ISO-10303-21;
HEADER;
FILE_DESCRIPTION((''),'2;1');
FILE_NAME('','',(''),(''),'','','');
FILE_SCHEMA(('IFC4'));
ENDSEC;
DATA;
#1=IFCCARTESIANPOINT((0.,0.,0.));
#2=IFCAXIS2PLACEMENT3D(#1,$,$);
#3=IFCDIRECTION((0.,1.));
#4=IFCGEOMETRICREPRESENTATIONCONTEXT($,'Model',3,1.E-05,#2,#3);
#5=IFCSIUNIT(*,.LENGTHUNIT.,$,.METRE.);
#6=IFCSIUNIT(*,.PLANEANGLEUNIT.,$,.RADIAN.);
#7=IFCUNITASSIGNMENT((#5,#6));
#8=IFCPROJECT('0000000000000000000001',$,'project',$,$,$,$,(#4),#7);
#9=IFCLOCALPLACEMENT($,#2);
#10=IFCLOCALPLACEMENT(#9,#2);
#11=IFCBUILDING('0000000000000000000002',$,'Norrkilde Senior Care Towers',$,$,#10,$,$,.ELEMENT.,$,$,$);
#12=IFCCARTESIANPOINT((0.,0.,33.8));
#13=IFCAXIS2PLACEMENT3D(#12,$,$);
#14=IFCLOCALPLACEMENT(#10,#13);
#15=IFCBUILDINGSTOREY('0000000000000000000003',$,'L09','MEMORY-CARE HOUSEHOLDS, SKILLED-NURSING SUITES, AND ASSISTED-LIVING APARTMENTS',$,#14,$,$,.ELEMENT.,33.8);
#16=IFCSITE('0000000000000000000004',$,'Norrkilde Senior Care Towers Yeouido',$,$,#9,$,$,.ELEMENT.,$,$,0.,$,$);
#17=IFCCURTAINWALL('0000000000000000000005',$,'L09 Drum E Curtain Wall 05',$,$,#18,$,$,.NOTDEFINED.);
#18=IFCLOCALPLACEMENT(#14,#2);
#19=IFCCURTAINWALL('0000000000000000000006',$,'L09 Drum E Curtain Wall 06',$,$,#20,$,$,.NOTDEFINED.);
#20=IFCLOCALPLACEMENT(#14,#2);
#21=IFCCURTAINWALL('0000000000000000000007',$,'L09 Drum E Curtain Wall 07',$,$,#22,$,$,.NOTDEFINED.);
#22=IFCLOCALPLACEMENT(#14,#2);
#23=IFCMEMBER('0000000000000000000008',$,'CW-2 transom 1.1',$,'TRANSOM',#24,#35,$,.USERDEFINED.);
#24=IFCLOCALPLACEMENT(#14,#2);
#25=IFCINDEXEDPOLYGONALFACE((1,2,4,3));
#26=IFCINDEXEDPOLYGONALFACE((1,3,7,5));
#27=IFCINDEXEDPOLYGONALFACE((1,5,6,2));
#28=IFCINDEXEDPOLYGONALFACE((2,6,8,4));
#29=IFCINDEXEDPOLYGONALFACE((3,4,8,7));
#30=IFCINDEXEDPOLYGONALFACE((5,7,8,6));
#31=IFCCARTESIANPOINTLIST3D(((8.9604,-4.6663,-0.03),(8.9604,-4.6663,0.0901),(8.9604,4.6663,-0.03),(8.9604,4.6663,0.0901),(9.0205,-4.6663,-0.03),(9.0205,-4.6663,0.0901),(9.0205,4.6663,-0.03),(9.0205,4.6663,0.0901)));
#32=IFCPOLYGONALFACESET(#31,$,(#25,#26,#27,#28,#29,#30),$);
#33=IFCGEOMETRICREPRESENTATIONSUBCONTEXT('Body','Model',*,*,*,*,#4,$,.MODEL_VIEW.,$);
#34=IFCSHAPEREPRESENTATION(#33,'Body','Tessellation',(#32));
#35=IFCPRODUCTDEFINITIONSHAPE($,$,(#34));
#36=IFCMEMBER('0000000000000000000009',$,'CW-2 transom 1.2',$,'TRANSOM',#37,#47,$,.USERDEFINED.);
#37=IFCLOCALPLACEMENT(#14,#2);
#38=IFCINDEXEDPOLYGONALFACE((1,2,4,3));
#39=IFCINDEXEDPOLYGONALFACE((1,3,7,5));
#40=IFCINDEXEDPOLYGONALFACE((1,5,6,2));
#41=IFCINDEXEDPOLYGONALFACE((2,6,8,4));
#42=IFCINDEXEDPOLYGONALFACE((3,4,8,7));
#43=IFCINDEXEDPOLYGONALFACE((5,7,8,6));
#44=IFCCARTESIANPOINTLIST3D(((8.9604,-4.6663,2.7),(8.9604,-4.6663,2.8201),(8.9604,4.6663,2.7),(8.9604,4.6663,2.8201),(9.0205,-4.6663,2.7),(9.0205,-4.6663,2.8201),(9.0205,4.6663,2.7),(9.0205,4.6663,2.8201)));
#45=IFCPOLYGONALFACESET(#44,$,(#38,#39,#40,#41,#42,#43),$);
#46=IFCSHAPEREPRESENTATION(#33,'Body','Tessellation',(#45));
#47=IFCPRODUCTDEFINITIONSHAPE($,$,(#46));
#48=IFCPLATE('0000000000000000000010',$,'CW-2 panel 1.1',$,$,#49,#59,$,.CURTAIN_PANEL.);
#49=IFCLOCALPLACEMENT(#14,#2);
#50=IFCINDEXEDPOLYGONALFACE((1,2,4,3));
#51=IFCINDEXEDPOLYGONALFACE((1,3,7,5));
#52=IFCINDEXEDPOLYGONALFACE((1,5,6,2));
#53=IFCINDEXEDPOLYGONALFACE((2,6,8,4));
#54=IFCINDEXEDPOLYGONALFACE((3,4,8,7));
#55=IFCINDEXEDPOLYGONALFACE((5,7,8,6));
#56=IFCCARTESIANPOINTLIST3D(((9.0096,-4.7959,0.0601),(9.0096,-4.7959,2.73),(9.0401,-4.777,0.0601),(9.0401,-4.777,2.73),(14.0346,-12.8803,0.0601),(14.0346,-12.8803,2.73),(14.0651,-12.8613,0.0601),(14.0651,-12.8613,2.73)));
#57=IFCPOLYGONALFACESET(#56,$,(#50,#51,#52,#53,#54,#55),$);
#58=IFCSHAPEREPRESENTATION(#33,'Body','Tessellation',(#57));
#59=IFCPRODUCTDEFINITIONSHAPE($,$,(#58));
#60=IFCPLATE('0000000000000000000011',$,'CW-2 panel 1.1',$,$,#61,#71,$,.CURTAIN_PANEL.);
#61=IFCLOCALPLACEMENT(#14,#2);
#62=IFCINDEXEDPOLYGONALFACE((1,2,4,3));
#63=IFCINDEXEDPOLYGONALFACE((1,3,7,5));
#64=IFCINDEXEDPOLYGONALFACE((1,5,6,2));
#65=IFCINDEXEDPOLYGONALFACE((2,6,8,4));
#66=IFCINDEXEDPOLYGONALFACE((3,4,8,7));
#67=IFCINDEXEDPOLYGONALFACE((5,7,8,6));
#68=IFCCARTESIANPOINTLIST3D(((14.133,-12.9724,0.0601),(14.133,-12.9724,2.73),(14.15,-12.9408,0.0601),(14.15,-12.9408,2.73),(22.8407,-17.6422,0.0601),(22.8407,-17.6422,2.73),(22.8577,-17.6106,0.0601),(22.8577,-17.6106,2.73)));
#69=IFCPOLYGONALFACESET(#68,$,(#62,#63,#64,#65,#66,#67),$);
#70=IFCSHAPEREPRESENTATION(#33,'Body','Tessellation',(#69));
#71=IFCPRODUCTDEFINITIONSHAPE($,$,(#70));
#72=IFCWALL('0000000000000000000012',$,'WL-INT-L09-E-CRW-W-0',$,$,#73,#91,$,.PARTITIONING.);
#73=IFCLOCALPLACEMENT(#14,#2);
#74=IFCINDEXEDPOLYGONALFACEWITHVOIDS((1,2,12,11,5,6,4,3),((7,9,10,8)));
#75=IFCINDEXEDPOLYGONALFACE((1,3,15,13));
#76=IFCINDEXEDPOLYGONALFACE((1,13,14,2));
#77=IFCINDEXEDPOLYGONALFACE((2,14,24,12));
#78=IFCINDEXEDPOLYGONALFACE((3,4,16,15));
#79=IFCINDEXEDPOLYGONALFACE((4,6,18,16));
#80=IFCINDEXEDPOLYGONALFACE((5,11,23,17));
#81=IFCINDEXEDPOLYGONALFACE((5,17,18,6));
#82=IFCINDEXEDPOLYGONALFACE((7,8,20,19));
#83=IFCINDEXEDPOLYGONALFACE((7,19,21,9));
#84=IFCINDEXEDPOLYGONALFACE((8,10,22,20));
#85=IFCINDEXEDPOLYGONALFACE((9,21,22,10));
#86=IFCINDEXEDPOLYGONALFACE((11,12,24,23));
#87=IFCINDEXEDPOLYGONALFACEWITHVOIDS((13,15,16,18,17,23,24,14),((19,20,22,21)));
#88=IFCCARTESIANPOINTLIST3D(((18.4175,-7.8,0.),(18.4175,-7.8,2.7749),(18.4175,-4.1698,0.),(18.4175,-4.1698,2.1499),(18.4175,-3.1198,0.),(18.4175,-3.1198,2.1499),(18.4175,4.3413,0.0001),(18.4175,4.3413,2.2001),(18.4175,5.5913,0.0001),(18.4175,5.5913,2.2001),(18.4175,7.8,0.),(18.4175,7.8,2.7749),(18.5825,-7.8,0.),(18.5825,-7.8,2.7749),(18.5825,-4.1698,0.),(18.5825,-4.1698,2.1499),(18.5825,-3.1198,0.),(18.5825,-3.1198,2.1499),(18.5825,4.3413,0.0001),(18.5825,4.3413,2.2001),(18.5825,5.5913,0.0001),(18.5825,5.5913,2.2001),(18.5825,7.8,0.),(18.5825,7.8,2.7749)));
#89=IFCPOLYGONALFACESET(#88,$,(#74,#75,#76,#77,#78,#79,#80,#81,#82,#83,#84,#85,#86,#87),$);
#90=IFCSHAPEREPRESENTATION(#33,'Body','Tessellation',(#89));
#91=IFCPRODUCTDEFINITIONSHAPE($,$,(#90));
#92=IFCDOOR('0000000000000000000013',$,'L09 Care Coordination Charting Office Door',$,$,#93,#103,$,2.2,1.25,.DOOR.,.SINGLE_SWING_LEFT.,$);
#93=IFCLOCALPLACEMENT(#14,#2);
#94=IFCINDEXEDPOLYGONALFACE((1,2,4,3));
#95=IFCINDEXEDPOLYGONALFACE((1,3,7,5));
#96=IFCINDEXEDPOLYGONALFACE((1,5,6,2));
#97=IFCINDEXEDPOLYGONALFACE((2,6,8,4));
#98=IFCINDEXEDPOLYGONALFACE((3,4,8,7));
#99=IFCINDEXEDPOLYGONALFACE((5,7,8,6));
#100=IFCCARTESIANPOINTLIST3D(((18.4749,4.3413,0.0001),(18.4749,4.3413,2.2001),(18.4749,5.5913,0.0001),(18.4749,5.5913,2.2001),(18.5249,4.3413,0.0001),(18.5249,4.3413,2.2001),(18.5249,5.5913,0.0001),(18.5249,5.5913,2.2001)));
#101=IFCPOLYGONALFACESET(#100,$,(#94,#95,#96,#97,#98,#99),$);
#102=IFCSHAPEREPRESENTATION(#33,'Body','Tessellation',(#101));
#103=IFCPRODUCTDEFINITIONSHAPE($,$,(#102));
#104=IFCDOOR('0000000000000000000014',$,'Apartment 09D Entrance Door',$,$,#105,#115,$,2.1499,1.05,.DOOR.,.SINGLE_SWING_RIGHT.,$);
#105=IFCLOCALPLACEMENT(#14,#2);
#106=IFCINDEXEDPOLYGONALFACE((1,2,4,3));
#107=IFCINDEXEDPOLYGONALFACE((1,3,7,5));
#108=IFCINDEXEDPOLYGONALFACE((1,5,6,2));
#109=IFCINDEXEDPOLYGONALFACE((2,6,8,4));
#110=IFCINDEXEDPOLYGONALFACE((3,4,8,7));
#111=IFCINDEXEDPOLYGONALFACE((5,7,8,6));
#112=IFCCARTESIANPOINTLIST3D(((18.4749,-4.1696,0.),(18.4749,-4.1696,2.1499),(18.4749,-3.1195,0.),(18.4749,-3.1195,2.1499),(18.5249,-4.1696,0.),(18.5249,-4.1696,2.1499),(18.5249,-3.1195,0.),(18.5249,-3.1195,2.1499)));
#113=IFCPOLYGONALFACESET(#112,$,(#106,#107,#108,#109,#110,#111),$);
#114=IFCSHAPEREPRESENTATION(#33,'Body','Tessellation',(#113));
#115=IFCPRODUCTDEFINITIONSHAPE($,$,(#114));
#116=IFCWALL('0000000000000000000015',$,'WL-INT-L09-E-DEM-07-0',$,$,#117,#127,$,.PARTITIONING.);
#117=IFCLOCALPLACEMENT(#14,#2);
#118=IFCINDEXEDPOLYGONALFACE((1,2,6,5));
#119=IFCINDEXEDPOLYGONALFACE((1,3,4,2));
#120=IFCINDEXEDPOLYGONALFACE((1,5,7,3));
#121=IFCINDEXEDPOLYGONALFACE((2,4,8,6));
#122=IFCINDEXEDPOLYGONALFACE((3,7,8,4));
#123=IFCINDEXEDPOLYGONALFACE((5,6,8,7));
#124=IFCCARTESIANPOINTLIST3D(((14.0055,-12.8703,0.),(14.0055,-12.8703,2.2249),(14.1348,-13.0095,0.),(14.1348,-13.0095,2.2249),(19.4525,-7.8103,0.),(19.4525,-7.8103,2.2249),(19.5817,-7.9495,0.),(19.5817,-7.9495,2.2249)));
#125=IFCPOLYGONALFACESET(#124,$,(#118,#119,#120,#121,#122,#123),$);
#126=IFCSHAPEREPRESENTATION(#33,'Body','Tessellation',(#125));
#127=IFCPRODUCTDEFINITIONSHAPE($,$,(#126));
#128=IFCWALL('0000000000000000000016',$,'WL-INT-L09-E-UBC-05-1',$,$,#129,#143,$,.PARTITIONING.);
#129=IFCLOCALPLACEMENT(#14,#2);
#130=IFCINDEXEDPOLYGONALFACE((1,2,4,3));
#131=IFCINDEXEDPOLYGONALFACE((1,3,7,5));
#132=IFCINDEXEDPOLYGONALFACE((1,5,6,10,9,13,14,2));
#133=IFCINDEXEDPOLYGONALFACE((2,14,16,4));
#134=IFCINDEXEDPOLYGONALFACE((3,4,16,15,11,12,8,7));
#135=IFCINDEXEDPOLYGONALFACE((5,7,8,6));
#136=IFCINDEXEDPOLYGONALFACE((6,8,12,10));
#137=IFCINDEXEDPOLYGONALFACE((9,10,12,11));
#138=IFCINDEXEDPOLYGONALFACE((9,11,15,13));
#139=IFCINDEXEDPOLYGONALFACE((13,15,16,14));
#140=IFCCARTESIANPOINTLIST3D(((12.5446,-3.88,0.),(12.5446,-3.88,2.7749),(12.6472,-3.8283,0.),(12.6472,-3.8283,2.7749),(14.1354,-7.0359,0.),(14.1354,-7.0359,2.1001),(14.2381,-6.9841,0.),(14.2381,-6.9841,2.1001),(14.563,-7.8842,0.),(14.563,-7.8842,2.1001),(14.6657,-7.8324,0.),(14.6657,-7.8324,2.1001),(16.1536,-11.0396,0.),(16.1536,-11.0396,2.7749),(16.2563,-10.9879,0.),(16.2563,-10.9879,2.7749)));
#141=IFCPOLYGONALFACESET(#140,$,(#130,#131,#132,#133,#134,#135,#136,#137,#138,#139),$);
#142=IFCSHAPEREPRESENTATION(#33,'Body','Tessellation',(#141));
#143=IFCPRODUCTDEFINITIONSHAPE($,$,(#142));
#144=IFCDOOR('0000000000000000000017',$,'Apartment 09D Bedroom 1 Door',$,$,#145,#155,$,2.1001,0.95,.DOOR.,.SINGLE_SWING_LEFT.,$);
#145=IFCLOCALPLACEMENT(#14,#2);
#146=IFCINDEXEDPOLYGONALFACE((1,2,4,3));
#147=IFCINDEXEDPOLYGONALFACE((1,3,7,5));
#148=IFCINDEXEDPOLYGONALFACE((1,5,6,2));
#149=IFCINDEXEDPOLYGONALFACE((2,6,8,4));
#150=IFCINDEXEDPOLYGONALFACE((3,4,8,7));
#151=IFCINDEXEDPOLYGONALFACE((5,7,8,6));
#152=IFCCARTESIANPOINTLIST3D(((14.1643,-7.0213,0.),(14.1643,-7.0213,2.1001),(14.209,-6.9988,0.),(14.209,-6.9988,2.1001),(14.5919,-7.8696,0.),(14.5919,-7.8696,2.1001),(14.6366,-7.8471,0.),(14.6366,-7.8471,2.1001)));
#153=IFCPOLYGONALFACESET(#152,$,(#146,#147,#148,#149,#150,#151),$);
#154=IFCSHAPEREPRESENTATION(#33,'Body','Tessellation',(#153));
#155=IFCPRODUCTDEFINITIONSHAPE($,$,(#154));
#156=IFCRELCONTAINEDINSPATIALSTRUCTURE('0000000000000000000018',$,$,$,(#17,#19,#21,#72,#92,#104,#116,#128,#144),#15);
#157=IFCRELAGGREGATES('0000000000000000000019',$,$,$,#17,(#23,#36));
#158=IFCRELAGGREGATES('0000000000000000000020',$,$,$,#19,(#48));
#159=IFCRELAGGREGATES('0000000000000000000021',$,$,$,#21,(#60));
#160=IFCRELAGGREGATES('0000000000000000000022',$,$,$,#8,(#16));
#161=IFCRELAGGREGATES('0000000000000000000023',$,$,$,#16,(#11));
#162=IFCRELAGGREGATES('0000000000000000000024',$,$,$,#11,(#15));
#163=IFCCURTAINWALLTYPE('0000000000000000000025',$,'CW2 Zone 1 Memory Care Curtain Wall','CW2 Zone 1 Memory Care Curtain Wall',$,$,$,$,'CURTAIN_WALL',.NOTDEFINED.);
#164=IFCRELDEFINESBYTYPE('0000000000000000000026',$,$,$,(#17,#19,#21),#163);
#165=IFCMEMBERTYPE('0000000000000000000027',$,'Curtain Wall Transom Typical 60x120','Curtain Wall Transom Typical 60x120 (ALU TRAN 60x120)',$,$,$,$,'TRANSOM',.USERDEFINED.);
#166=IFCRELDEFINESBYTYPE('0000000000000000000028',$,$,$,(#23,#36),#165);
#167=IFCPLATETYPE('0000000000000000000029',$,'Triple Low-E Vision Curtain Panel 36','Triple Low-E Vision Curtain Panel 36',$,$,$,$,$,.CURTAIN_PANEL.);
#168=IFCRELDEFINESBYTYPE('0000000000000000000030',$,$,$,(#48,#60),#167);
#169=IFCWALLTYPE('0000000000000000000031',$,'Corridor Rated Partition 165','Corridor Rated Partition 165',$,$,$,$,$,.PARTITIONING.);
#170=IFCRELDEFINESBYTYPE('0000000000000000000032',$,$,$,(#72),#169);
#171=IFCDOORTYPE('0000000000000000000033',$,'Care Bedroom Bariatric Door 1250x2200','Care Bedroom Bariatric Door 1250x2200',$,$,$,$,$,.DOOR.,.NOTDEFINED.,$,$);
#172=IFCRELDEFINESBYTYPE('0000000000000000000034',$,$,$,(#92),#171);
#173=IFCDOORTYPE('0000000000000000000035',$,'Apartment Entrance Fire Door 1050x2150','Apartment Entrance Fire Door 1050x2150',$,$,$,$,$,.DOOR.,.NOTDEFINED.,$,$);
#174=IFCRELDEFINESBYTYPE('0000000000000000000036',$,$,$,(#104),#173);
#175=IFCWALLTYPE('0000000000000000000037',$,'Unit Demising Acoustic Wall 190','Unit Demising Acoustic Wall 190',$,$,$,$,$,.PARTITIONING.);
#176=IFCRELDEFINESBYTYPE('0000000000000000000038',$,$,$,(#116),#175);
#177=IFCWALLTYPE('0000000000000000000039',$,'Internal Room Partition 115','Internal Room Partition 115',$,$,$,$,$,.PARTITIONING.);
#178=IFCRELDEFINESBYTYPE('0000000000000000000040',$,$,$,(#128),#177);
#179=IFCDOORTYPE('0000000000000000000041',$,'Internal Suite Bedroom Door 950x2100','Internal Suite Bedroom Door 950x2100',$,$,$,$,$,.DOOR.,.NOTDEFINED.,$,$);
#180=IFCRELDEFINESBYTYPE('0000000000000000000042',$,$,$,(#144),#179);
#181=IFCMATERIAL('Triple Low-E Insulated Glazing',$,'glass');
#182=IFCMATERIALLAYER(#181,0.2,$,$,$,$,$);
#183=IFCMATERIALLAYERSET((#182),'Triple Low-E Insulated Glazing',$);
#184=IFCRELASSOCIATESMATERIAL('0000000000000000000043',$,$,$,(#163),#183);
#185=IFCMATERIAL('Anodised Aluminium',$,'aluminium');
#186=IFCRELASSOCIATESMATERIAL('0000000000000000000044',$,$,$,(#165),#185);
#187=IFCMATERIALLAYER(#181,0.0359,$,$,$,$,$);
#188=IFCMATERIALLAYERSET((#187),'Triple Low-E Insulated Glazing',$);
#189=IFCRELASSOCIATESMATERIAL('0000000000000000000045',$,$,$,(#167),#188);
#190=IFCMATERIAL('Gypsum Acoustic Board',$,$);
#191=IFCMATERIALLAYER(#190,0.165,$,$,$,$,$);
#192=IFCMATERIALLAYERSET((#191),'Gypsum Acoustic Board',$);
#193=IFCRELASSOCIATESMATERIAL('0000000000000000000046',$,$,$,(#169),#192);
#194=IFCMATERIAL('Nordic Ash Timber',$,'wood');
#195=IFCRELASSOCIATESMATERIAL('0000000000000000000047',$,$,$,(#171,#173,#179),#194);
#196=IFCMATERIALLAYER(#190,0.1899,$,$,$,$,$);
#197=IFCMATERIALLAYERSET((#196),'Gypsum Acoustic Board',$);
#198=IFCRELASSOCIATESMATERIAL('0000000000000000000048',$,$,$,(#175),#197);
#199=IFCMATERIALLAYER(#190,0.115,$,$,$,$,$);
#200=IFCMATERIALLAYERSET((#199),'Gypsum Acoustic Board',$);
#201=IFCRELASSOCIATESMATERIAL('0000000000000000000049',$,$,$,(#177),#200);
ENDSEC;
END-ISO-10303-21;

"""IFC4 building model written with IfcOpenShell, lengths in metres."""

from ifc_helpers import new_model, si_unit, direction, frame, frame_2d, origin, origin_2d, place, context, subcontext, project, spatial, rectangle, extrude, source, transform, mapped, material, layer, layer_set, material_profile, profile_set, type_object, type_shapes, element, fill, aggregate, save


model = new_model("IFC4")

# Units and contexts
model_context = context("Model", 3, precision=1e-05, world=origin(), true_north=direction((0.0, 1.0)))
body_context = subcontext(model_context, "Body", "Model", "MODEL_VIEW")
ifc_project = project(units=[si_unit("LENGTHUNIT", "METRE"), si_unit("PLANEANGLEUNIT", "RADIAN")], contexts=[model_context])

# Site, building, storey
site_placement = place(None, origin())
site = spatial("IfcSite", under=ifc_project, at=site_placement, Name="Norrkilde Senior Care Towers Yeouido", CompositionType="ELEMENT", RefElevation=0.0)
building_placement = place(site_placement, origin())
building = spatial("IfcBuilding", under=site, at=building_placement, Name="Norrkilde Senior Care Towers", CompositionType="ELEMENT")
storey_placement = place(building_placement, frame((0.0, 0.0, 33.8)))
storey = spatial("IfcBuildingStorey", under=building, at=storey_placement, Name="L09", Description="MEMORY-CARE HOUSEHOLDS, SKILLED-NURSING SUITES, AND ASSISTED-LIVING APARTMENTS", CompositionType="ELEMENT", Elevation=33.8)

# Curtain wall
ifc_material_1 = material(Name="Triple Low-E Insulated Glazing", Category="glass")
ifc_layer_1 = layer(ifc_material_1, 0.2)
ifc_layer_set_1 = layer_set([ifc_layer_1], Name="Triple Low-E Insulated Glazing")
curtain_wall_type = type_object("IfcCurtainWallType", Name="CW2 Zone 1 Memory Care Curtain Wall", Description="CW2 Zone 1 Memory Care Curtain Wall", ElementType="CURTAIN_WALL", PredefinedType="NOTDEFINED", material=ifc_layer_set_1)
curtain_wall_1_placement = place(storey_placement, origin())
curtain_wall_1 = element("IfcCurtainWall", 1, at=curtain_wall_1_placement, inside=storey, type_object=curtain_wall_type, Name="L09 Drum E Curtain Wall 05", PredefinedType="NOTDEFINED")
ifc_material_2 = material(Name="Anodised Aluminium", Category="aluminium")

# Curtain wall
curtain_wall_2_placement = place(storey_placement, origin())
curtain_wall_2 = element("IfcCurtainWall", 2, at=curtain_wall_2_placement, inside=storey, type_object=curtain_wall_type, Name="L09 Drum E Curtain Wall 06", PredefinedType="NOTDEFINED")

# Curtain wall
curtain_wall_3_placement = place(storey_placement, origin())
curtain_wall_3 = element("IfcCurtainWall", 3, at=curtain_wall_3_placement, inside=storey, type_object=curtain_wall_type, Name="L09 Drum E Curtain Wall 07", PredefinedType="NOTDEFINED")

# Members
ifc_material_profile_1 = material_profile(ifc_material_2, rectangle(XDim=0.0601, YDim=0.1201, at=origin_2d()), Name="ALU TRAN 60x120")
ifc_profile_set_1 = profile_set([ifc_material_profile_1], Name="Anodised Aluminium")
member_type_1 = type_object("IfcMemberType", Name="Curtain Wall Transom Typical 60x120", Description="Curtain Wall Transom Typical 60x120 (ALU TRAN 60x120)", ElementType="TRANSOM", PredefinedType="USERDEFINED", material=ifc_profile_set_1)
shared_shape_1 = source(origin(), body_context, "Body", "SweptSolid", [
    extrude(rectangle(XDim=0.0601, YDim=0.1201, at=origin_2d()), origin(), (0.0, 0.0, 1.0), 9.3325),
])
member_1_placement = place(storey_placement, frame((8.9905, -4.6663, 0.03), z_axis=(0.0, 1.0, 0.0), x_axis=(-1.0, 0.0, 0.0)))
member_1 = element("IfcMember", 4, at=member_1_placement, type_object=member_type_1, Name="CW-2 transom 1.1", ObjectType="TRANSOM", PredefinedType="USERDEFINED", context=body_context, shape_type="MappedRepresentation", body=[
    mapped(shared_shape_1, transform((0.0, 0.0, 0.0), x_axis=(1.0, 0.0, 0.0), y_axis=(0.0, 1.0, 0.0), z_axis=(0.0, 0.0, 1.0), scale=1.0)),
])
member_2_placement = place(storey_placement, frame((8.9905, -4.6663, 2.76), z_axis=(0.0, 1.0, 0.0), x_axis=(-1.0, 0.0, 0.0)))
member_2 = element("IfcMember", 5, at=member_2_placement, type_object=member_type_1, Name="CW-2 transom 1.2", ObjectType="TRANSOM", PredefinedType="USERDEFINED", context=body_context, shape_type="MappedRepresentation", body=[
    mapped(shared_shape_1, transform((0.0, 0.0, 0.0), x_axis=(1.0, 0.0, 0.0), y_axis=(0.0, 1.0, 0.0), z_axis=(0.0, 0.0, 1.0), scale=1.0)),
])
aggregate(curtain_wall_1, [member_1, member_2])

# Plates
ifc_layer_2 = layer(ifc_material_1, 0.0359)
ifc_layer_set_2 = layer_set([ifc_layer_2], Name="Triple Low-E Insulated Glazing")
plate_type = type_object("IfcPlateType", Name="Triple Low-E Vision Curtain Panel 36", Description="Triple Low-E Vision Curtain Panel 36", PredefinedType="CURTAIN_PANEL", material=ifc_layer_set_2)
shared_shape_2 = source(origin(), body_context, "Body", "SweptSolid", [
    extrude(rectangle(XDim=9.5188, YDim=0.0359, at=origin_2d()), origin(), (0.0, 0.0, 1.0), 2.6699),
])
plate_1_placement = place(storey_placement, frame((11.5374, -8.8286, 0.0601), z_axis=(0.0, 0.0, 1.0), x_axis=(-0.527901, 0.849306, 0.0)))
plate_1 = element("IfcPlate", 6, at=plate_1_placement, type_object=plate_type, Name="CW-2 panel 1.1", PredefinedType="CURTAIN_PANEL", context=body_context, shape_type="MappedRepresentation", body=[
    mapped(shared_shape_2, transform((0.0, 0.0, 0.0), x_axis=(1.0, 0.0, 0.0), y_axis=(0.0, 1.0, 0.0), z_axis=(0.0, 0.0, 1.0), scale=1.0)),
])
aggregate(curtain_wall_2, [plate_1])
shared_shape_3 = source(origin(), body_context, "Body", "SweptSolid", [
    extrude(rectangle(XDim=9.8809, YDim=0.0359, at=origin_2d()), origin(), (0.0, 0.0, 1.0), 2.6699),
])
type_shapes(plate_type, [shared_shape_2, shared_shape_3])
plate_2_placement = place(storey_placement, frame((18.4954, -15.2915, 0.0601), z_axis=(0.0, 0.0, 1.0), x_axis=(-0.881273, 0.472608, 0.0)))
plate_2 = element("IfcPlate", 7, at=plate_2_placement, type_object=plate_type, Name="CW-2 panel 1.1", PredefinedType="CURTAIN_PANEL", context=body_context, shape_type="MappedRepresentation", body=[
    mapped(shared_shape_3, transform((0.0, 0.0, 0.0), x_axis=(1.0, 0.0, 0.0), y_axis=(0.0, 1.0, 0.0), z_axis=(0.0, 0.0, 1.0), scale=1.0)),
])
aggregate(curtain_wall_3, [plate_2])

# Wall, openings, doors
ifc_material_3 = material(Name="Gypsum Acoustic Board")
ifc_layer_3 = layer(ifc_material_3, 0.165)
ifc_layer_set_3 = layer_set([ifc_layer_3], Name="Gypsum Acoustic Board")
wall_type_1 = type_object("IfcWallType", Name="Corridor Rated Partition 165", Description="Corridor Rated Partition 165", PredefinedType="PARTITIONING", material=ifc_layer_set_3)
shared_shape_4 = source(origin(), body_context, "Body", "SweptSolid", [
    extrude(rectangle(XDim=15.6001, YDim=0.165, at=frame_2d((7.8, 0.0))), origin(), (0.0, 0.0, 1.0), 2.7749),
])
type_shapes(wall_type_1, [shared_shape_4])
wall_1_placement = place(storey_placement, frame((18.5, -7.8, 0.0), z_axis=(0.0, 0.0, 1.0), x_axis=(0.0, 1.0, 0.0)))
wall_1 = element("IfcWall", 8, at=wall_1_placement, inside=storey, type_object=wall_type_1, Name="WL-INT-L09-E-CRW-W-0", PredefinedType="PARTITIONING", context=body_context, shape_type="MappedRepresentation", body=[
    mapped(shared_shape_4, transform((0.0, 0.0, 0.0), x_axis=(1.0, 0.0, 0.0), y_axis=(0.0, 1.0, 0.0), z_axis=(0.0, 0.0, 1.0), scale=1.0)),
])
opening_1_placement = place(wall_1_placement, frame((12.1414, 0.0, 0.0)))
opening_1 = element("IfcOpeningElement", 9, at=opening_1_placement, cuts=wall_1, PredefinedType="OPENING", context=body_context, shape_type="SweptSolid", body=[
    extrude(rectangle(XDim=1.25, YDim=2.2, at=frame_2d((0.625, 1.1001))), frame((0.0, 0.0925, 0.0), z_axis=(0.0, -1.0, 0.0), x_axis=(1.0, 0.0, 0.0)), (0.0, 0.0, 1.0), 0.1851),
])
opening_2_placement = place(wall_1_placement, frame((3.6304, 0.0, 0.0)))
opening_2 = element("IfcOpeningElement", 10, at=opening_2_placement, cuts=wall_1, PredefinedType="OPENING", context=body_context, shape_type="SweptSolid", body=[
    extrude(rectangle(XDim=1.05, YDim=2.1499, at=frame_2d((0.5249, 1.075))), frame((0.0, 0.0925, 0.0), z_axis=(0.0, -1.0, 0.0), x_axis=(1.0, 0.0, 0.0)), (0.0, 0.0, 1.0), 0.1851),
])
ifc_material_4 = material(Name="Nordic Ash Timber", Category="wood")
door_type_1 = type_object("IfcDoorType", Name="Care Bedroom Bariatric Door 1250x2200", Description="Care Bedroom Bariatric Door 1250x2200", OperationType="NOTDEFINED", PredefinedType="DOOR", material=ifc_material_4)
shared_shape_5 = source(origin(), body_context, "Body", "SweptSolid", [
    extrude(rectangle(XDim=1.25, YDim=2.2, at=frame_2d((0.625, 1.1001))), frame((0.0, 0.0249, 0.0), z_axis=(0.0, -1.0, 0.0), x_axis=(1.0, 0.0, 0.0)), (0.0, 0.0, 1.0), 0.05),
])
type_shapes(door_type_1, [shared_shape_5])
door_1_placement = place(opening_1_placement, frame((1.25, 0.0, 0.0), z_axis=(0.0, 0.0, 1.0), x_axis=(-1.0, 0.0, 0.0)))
door_1 = element("IfcDoor", 11, at=door_1_placement, inside=storey, type_object=door_type_1, Name="L09 Care Coordination Charting Office Door", OperationType="SINGLE_SWING_LEFT", OverallHeight=2.2, OverallWidth=1.25, PredefinedType="DOOR", context=body_context, shape_type="MappedRepresentation", body=[
    mapped(shared_shape_5, transform((0.0, 0.0, 0.0), x_axis=(1.0, 0.0, 0.0), y_axis=(0.0, 1.0, 0.0), z_axis=(0.0, 0.0, 1.0), scale=1.0)),
])
fill(opening_1, door_1)
door_type_2 = type_object("IfcDoorType", Name="Apartment Entrance Fire Door 1050x2150", Description="Apartment Entrance Fire Door 1050x2150", OperationType="NOTDEFINED", PredefinedType="DOOR", material=ifc_material_4)
shared_shape_6 = source(origin(), body_context, "Body", "SweptSolid", [
    extrude(rectangle(XDim=1.05, YDim=2.1499, at=frame_2d((0.5249, 1.075))), frame((0.0, 0.0249, 0.0), z_axis=(0.0, -1.0, 0.0), x_axis=(1.0, 0.0, 0.0)), (0.0, 0.0, 1.0), 0.05),
])
type_shapes(door_type_2, [shared_shape_6])
door_2_placement = place(opening_2_placement, frame((1.05, 0.0, 0.0), z_axis=(0.0, 0.0, 1.0), x_axis=(-1.0, 0.0, 0.0)))
door_2 = element("IfcDoor", 12, at=door_2_placement, inside=storey, type_object=door_type_2, Name="Apartment 09D Entrance Door", OperationType="SINGLE_SWING_RIGHT", OverallHeight=2.1499, OverallWidth=1.05, PredefinedType="DOOR", context=body_context, shape_type="MappedRepresentation", body=[
    mapped(shared_shape_6, transform((0.0, 0.0, 0.0), x_axis=(1.0, 0.0, 0.0), y_axis=(0.0, 1.0, 0.0), z_axis=(0.0, 0.0, 1.0), scale=1.0)),
])
fill(opening_2, door_2)

# Wall
ifc_layer_4 = layer(ifc_material_3, 0.1899)
ifc_layer_set_4 = layer_set([ifc_layer_4], Name="Gypsum Acoustic Board")
wall_type_2 = type_object("IfcWallType", Name="Unit Demising Acoustic Wall 190", Description="Unit Demising Acoustic Wall 190", PredefinedType="PARTITIONING", material=ifc_layer_set_4)
shared_shape_7 = source(origin(), body_context, "Body", "SweptSolid", [
    extrude(rectangle(XDim=7.4346, YDim=0.1899, at=frame_2d((3.7173, 0.0))), origin(), (0.0, 0.0, 1.0), 2.2249),
])
type_shapes(wall_type_2, [shared_shape_7])
wall_2_placement = place(storey_placement, frame((19.5171, -7.8799, 0.0), z_axis=(0.0, 0.0, 1.0), x_axis=(-0.732652, -0.680603, 0.0)))
element("IfcWall", 13, at=wall_2_placement, inside=storey, type_object=wall_type_2, Name="WL-INT-L09-E-DEM-07-0", PredefinedType="PARTITIONING", context=body_context, shape_type="MappedRepresentation", body=[
    mapped(shared_shape_7, transform((0.0, 0.0, 0.0), x_axis=(1.0, 0.0, 0.0), y_axis=(0.0, 1.0, 0.0), z_axis=(0.0, 0.0, 1.0), scale=1.0)),
])

# Wall, opening, door
ifc_layer_5 = layer(ifc_material_3, 0.115)
ifc_layer_set_5 = layer_set([ifc_layer_5], Name="Gypsum Acoustic Board")
wall_type_3 = type_object("IfcWallType", Name="Internal Room Partition 115", Description="Internal Room Partition 115", PredefinedType="PARTITIONING", material=ifc_layer_set_5)
shared_shape_8 = source(origin(), body_context, "Body", "SweptSolid", [
    extrude(rectangle(XDim=8.0178, YDim=0.115, at=frame_2d((4.0088, 0.0))), origin(), (0.0, 0.0, 1.0), 2.7749),
])
wall_3_placement = place(storey_placement, frame((12.5959, -3.8542, 0.0), z_axis=(0.0, 0.0, 1.0), x_axis=(0.450134, -0.892961, 0.0)))
wall_3 = element("IfcWall", 14, at=wall_3_placement, inside=storey, type_object=wall_type_3, Name="WL-INT-L09-E-UBC-05-1", PredefinedType="PARTITIONING", context=body_context, shape_type="MappedRepresentation", body=[
    mapped(shared_shape_8, transform((0.0, 0.0, 0.0), x_axis=(1.0, 0.0, 0.0), y_axis=(0.0, 1.0, 0.0), z_axis=(0.0, 0.0, 1.0), scale=1.0)),
])
opening_3_placement = place(wall_3_placement, frame((3.5339, 0.0, 0.0)))
opening_3 = element("IfcOpeningElement", 15, at=opening_3_placement, cuts=wall_3, PredefinedType="OPENING", context=body_context, shape_type="SweptSolid", body=[
    extrude(rectangle(XDim=0.95, YDim=2.1001, at=frame_2d((0.4751, 1.05))), frame((0.0, 0.0674, 0.0), z_axis=(0.0, -1.0, 0.0), x_axis=(1.0, 0.0, 0.0)), (0.0, 0.0, 1.0), 0.135),
])
door_type_3 = type_object("IfcDoorType", Name="Internal Suite Bedroom Door 950x2100", Description="Internal Suite Bedroom Door 950x2100", OperationType="NOTDEFINED", PredefinedType="DOOR", material=ifc_material_4)
shared_shape_9 = source(origin(), body_context, "Body", "SweptSolid", [
    extrude(rectangle(XDim=0.95, YDim=2.1001, at=frame_2d((0.4751, 1.05))), frame((0.0, 0.0249, 0.0), z_axis=(0.0, -1.0, 0.0), x_axis=(1.0, 0.0, 0.0)), (0.0, 0.0, 1.0), 0.05),
])
type_shapes(door_type_3, [shared_shape_9])
door_3_placement = place(opening_3_placement, origin())
door_3 = element("IfcDoor", 16, at=door_3_placement, inside=storey, type_object=door_type_3, Name="Apartment 09D Bedroom 1 Door", OperationType="SINGLE_SWING_LEFT", OverallHeight=2.1001, OverallWidth=0.95, PredefinedType="DOOR", context=body_context, shape_type="MappedRepresentation", body=[
    mapped(shared_shape_9, transform((0.0, 0.0, 0.0), x_axis=(1.0, 0.0, 0.0), y_axis=(0.0, 1.0, 0.0), z_axis=(0.0, 0.0, 1.0), scale=1.0)),
])
fill(opening_3, door_3)

save(model, "model.ifc")
